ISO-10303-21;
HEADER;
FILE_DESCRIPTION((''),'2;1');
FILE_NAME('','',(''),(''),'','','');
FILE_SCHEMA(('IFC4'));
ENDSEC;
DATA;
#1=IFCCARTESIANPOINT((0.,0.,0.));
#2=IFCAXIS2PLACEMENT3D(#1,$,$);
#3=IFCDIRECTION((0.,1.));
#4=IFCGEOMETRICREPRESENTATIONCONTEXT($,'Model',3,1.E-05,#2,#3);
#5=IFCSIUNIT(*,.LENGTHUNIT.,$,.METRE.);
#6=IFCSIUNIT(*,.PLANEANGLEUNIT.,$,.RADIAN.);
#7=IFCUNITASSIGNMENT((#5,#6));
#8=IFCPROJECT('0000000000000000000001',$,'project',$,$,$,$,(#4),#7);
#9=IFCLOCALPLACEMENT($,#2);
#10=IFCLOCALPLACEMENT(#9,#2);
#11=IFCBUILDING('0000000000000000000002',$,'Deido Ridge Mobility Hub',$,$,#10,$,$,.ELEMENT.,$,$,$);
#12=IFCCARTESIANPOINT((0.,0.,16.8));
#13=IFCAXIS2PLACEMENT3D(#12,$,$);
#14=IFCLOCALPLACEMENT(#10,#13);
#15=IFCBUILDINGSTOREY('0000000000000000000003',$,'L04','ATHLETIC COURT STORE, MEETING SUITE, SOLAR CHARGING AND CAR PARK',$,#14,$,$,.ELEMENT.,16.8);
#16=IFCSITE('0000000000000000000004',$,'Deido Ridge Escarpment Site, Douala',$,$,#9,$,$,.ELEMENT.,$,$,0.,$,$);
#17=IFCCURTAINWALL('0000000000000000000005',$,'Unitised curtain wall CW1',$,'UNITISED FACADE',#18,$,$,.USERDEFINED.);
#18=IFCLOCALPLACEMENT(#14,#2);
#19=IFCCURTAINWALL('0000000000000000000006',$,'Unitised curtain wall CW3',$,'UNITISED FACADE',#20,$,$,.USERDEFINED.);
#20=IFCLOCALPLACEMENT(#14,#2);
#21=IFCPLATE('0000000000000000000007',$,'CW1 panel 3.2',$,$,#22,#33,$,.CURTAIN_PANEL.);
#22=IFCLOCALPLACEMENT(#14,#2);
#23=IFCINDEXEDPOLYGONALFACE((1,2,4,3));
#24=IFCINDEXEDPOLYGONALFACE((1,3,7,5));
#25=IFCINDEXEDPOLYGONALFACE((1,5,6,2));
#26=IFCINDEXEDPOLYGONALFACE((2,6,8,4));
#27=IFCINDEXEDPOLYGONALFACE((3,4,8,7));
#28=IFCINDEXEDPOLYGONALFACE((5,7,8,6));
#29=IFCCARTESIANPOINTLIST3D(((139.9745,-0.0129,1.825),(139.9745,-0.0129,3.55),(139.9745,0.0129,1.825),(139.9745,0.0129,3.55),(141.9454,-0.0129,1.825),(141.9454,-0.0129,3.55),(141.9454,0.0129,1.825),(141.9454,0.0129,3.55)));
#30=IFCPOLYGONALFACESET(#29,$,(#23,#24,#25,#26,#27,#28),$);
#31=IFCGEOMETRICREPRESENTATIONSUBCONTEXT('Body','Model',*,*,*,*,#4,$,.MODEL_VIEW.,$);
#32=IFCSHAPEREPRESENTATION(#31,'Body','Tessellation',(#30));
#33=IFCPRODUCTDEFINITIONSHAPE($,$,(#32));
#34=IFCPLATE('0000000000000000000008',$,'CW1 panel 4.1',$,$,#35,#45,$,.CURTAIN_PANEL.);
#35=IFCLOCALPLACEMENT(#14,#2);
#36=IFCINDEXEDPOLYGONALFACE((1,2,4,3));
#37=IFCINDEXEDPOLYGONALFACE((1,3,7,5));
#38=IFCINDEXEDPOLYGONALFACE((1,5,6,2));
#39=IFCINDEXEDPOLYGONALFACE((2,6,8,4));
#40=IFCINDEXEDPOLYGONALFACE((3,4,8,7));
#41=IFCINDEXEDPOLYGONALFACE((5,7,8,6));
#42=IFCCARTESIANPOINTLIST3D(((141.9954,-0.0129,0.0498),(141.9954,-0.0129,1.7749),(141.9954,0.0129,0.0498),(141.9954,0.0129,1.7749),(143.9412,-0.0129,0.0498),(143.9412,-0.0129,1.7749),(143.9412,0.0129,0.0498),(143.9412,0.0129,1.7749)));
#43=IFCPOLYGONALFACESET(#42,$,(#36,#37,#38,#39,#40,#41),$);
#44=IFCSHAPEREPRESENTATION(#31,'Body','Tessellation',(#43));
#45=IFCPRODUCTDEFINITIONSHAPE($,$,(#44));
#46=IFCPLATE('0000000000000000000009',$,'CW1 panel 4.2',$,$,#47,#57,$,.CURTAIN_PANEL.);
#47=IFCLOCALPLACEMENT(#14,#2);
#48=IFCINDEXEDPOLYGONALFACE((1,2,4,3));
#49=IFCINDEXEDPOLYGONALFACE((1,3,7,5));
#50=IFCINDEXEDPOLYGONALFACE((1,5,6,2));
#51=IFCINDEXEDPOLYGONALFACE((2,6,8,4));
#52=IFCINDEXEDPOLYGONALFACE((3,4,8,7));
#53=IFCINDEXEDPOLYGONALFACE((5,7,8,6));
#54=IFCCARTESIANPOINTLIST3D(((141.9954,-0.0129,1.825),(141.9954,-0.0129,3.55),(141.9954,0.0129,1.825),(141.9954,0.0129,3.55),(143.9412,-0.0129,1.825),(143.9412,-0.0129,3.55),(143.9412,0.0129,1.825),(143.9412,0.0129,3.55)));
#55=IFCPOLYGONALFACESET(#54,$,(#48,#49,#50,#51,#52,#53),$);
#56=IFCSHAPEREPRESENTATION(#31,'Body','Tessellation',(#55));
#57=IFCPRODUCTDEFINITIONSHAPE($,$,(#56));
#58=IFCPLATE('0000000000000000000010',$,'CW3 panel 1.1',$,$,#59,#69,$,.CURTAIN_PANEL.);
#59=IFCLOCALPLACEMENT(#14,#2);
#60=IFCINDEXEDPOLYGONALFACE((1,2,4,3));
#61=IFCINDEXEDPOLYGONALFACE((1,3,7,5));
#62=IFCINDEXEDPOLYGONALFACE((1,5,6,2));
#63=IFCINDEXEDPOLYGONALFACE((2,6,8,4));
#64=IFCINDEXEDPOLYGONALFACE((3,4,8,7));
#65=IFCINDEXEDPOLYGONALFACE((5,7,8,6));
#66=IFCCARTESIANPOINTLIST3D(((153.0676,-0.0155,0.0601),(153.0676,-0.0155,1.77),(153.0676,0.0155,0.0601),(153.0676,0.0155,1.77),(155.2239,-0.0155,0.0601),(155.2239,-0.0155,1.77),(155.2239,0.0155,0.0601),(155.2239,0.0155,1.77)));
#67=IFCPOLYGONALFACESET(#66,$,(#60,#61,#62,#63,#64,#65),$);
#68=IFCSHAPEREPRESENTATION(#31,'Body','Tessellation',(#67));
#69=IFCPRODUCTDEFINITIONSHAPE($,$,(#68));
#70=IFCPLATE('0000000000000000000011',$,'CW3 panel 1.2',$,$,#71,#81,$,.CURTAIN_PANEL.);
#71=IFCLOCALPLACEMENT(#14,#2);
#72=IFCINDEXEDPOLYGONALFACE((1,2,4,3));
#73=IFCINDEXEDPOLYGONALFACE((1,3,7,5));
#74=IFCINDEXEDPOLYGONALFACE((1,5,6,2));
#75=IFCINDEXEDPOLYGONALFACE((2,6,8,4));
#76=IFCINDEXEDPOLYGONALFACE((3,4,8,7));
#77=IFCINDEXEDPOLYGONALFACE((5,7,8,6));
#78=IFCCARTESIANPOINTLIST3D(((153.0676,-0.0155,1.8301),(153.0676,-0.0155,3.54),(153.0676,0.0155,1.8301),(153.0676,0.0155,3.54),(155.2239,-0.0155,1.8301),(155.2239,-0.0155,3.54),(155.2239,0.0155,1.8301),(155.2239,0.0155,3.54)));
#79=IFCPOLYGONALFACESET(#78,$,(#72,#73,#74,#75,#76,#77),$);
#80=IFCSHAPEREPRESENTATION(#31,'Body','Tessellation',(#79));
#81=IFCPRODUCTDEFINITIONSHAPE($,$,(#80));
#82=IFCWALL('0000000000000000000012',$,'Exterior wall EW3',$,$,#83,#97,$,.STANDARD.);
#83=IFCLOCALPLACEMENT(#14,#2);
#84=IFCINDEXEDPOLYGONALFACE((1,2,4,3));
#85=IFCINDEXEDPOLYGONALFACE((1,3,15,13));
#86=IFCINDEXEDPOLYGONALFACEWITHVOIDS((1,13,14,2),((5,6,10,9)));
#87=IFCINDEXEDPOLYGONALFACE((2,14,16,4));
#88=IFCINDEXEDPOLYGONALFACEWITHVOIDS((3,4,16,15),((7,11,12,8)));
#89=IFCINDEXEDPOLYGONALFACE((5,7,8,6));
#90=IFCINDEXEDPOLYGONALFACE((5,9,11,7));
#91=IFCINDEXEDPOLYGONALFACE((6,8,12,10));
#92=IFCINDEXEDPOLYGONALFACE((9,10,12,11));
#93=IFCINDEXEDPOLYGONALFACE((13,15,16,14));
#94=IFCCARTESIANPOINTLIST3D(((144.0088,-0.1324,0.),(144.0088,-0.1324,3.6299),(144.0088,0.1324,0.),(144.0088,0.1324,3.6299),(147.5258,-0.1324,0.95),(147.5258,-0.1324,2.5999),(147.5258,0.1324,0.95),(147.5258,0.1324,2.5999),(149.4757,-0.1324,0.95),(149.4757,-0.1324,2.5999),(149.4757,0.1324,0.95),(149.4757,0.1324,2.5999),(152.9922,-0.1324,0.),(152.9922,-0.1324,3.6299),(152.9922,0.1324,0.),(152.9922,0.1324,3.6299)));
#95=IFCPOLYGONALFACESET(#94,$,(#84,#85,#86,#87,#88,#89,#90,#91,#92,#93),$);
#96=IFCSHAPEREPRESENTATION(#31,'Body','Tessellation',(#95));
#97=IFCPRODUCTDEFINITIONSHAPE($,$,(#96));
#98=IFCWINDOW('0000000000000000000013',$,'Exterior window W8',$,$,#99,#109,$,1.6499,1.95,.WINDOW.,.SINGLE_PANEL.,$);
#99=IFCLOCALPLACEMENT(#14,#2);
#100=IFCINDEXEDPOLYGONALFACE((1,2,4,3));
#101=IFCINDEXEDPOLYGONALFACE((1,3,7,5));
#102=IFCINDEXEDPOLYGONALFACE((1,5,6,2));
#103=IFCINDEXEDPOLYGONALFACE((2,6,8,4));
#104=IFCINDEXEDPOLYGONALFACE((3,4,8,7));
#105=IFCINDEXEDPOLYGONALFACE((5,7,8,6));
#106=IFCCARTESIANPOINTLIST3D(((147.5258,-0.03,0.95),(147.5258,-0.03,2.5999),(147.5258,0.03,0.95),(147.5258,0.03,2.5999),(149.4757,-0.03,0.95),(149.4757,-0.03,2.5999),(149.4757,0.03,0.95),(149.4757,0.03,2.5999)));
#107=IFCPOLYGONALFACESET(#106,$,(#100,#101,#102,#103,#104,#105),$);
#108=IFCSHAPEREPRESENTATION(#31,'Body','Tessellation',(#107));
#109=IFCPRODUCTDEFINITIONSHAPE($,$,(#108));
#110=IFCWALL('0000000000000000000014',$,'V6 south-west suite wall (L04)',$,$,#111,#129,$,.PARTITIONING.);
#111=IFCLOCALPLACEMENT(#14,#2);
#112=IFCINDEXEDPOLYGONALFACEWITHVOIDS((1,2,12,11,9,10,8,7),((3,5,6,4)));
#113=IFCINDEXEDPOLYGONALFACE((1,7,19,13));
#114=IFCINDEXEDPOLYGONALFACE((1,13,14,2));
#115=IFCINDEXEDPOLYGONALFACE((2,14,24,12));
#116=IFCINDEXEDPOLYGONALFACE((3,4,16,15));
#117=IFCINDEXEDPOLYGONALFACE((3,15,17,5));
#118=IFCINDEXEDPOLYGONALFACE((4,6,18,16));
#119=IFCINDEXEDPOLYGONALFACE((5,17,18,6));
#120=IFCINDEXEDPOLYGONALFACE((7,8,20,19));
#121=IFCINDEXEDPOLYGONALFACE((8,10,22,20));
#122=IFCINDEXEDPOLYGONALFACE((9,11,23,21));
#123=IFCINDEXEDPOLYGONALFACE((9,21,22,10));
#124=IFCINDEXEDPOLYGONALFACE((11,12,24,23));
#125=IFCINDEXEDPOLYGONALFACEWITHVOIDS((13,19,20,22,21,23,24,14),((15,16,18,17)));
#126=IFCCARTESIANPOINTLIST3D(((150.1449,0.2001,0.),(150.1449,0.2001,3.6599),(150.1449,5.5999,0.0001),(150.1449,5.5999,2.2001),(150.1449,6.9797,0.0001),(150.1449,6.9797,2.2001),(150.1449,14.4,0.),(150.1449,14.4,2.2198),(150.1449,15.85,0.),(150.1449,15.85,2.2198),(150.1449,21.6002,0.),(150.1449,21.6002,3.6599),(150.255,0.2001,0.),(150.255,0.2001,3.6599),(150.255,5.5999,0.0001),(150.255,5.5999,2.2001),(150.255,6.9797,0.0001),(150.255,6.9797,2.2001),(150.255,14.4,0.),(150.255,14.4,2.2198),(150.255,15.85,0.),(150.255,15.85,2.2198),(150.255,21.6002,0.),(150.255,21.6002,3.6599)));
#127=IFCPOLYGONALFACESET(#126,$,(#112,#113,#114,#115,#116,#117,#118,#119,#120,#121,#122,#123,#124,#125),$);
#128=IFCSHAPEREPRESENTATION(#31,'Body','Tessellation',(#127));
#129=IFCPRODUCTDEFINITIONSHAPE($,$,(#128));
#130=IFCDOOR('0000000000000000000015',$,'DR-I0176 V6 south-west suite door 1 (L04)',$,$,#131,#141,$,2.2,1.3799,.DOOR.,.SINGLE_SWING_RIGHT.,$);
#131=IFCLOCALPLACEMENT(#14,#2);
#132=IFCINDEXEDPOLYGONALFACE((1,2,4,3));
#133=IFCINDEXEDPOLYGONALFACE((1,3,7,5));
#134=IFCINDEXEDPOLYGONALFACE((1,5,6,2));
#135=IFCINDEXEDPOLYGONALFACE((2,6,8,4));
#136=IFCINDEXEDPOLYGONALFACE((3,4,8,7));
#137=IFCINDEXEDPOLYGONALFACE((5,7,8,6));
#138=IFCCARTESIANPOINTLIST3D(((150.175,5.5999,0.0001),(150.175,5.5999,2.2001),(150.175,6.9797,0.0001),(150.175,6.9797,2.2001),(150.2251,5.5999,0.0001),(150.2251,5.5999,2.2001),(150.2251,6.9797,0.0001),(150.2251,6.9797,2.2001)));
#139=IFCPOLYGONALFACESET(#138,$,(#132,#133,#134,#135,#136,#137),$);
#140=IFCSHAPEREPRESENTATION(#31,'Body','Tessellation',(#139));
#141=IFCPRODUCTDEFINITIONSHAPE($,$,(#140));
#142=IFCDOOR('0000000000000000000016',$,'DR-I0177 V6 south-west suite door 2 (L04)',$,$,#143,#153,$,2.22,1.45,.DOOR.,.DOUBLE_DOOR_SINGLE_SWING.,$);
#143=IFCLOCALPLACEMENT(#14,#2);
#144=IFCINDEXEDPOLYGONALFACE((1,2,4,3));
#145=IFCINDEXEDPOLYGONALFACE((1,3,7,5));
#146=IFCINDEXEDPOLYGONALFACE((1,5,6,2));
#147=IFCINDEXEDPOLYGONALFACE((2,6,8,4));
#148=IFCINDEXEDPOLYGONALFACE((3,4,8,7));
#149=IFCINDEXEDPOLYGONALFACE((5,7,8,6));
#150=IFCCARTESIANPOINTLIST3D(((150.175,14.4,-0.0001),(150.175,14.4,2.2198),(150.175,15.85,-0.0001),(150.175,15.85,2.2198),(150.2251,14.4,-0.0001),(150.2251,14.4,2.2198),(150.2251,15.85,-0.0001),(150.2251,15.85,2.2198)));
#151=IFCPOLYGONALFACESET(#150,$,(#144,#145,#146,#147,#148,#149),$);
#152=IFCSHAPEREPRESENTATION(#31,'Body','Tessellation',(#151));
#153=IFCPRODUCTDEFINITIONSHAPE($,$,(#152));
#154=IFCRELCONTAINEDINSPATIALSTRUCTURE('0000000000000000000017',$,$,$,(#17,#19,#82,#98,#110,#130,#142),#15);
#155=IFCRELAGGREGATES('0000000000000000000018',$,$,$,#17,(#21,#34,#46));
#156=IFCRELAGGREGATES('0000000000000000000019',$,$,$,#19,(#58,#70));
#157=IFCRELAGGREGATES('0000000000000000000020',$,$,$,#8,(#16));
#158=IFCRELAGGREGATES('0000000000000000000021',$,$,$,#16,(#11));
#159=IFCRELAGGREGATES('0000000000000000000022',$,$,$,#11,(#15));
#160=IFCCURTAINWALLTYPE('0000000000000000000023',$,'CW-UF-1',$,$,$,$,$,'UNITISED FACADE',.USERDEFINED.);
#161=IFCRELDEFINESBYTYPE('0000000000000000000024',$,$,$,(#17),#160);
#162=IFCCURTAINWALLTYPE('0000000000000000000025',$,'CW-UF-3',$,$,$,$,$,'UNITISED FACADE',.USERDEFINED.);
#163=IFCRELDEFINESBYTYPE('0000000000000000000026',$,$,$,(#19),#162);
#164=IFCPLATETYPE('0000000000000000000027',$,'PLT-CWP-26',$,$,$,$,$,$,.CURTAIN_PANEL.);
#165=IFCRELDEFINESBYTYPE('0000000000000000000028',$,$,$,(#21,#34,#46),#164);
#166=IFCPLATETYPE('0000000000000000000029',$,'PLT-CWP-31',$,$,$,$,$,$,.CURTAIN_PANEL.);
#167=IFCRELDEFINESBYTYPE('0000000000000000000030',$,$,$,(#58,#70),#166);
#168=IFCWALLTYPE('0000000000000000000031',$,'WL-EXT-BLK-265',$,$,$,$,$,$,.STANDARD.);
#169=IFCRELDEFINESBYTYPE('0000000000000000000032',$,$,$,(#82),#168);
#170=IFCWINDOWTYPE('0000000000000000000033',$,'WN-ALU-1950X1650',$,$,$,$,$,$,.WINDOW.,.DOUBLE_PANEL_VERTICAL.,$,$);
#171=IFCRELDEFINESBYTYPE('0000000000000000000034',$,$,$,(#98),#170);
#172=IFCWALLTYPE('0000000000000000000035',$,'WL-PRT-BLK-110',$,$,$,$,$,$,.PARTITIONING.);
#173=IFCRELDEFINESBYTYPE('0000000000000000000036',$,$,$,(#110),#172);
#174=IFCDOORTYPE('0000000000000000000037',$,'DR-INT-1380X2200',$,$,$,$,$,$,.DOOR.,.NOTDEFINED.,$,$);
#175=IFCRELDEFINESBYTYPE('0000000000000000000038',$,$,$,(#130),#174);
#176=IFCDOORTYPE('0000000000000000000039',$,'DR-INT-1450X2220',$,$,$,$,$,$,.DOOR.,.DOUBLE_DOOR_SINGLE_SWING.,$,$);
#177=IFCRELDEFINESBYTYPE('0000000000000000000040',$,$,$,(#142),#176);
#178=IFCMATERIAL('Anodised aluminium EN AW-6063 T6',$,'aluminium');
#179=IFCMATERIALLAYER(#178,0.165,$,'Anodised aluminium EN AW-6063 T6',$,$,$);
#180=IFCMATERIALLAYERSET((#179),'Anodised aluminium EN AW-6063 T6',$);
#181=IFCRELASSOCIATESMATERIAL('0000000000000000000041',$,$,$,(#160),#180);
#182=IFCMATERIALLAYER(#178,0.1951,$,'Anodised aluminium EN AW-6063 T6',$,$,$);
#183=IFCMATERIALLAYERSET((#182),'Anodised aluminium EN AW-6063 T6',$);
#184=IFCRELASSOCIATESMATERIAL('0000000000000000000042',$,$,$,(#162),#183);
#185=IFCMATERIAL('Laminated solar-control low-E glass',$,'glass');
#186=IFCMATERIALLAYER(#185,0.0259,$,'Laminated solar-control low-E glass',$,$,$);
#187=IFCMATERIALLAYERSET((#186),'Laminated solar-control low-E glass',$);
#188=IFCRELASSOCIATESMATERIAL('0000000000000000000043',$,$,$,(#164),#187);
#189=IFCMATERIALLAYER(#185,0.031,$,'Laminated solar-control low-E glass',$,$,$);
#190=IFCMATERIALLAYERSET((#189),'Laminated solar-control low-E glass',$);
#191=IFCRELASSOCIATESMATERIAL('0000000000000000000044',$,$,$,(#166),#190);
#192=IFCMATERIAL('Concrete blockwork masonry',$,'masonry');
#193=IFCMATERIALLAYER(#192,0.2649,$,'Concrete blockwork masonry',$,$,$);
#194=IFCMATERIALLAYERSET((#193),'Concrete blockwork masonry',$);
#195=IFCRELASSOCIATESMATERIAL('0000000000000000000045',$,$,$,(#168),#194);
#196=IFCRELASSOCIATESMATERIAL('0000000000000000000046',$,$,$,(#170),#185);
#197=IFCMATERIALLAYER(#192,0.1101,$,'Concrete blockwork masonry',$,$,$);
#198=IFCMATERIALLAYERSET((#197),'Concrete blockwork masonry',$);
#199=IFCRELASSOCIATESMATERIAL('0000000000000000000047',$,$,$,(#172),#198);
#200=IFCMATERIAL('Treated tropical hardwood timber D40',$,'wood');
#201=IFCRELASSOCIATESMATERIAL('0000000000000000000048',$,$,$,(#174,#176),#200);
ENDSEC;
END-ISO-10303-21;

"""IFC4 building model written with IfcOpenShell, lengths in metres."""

from ifc_helpers import new_model, si_unit, direction, frame, frame_2d, origin, origin_2d, place, context, subcontext, project, spatial, rectangle, extrude, material, layer, layer_set, type_object, element, fill, aggregate, save


model = new_model("IFC4")

# Units and contexts
model_context = context("Model", 3, precision=1e-05, world=origin(), true_north=direction((0.0, 1.0)))
body_context = subcontext(model_context, "Body", "Model", "MODEL_VIEW")
ifc_project = project(units=[si_unit("LENGTHUNIT", "METRE"), si_unit("PLANEANGLEUNIT", "RADIAN")], contexts=[model_context])

# Site, building, storey
site_placement = place(None, origin())
site = spatial("IfcSite", under=ifc_project, at=site_placement, Name="Deido Ridge Escarpment Site, Douala", CompositionType="ELEMENT", RefElevation=0.0)
building_placement = place(site_placement, origin())
building = spatial("IfcBuilding", under=site, at=building_placement, Name="Deido Ridge Mobility Hub", CompositionType="ELEMENT")
storey_placement = place(building_placement, frame((0.0, 0.0, 16.8)))
storey = spatial("IfcBuildingStorey", under=building, at=storey_placement, Name="L04", Description="ATHLETIC COURT STORE, MEETING SUITE, SOLAR CHARGING AND CAR PARK", CompositionType="ELEMENT", Elevation=16.8)

# Curtain wall
ifc_material_1 = material(Name="Anodised aluminium EN AW-6063 T6", Category="aluminium")
ifc_layer_1 = layer(ifc_material_1, 0.165, Name="Anodised aluminium EN AW-6063 T6")
ifc_layer_set_1 = layer_set([ifc_layer_1], Name="Anodised aluminium EN AW-6063 T6")
curtain_wall_type_1 = type_object("IfcCurtainWallType", Name="CW-UF-1", ElementType="UNITISED FACADE", PredefinedType="USERDEFINED", material=ifc_layer_set_1)
curtain_wall_1_placement = place(storey_placement, origin())
curtain_wall_1 = element("IfcCurtainWall", 1, at=curtain_wall_1_placement, inside=storey, type_object=curtain_wall_type_1, Name="Unitised curtain wall CW1", ObjectType="UNITISED FACADE", PredefinedType="USERDEFINED")

# Curtain wall
ifc_layer_2 = layer(ifc_material_1, 0.1951, Name="Anodised aluminium EN AW-6063 T6")
ifc_layer_set_2 = layer_set([ifc_layer_2], Name="Anodised aluminium EN AW-6063 T6")
curtain_wall_type_2 = type_object("IfcCurtainWallType", Name="CW-UF-3", ElementType="UNITISED FACADE", PredefinedType="USERDEFINED", material=ifc_layer_set_2)
curtain_wall_2_placement = place(storey_placement, origin())
curtain_wall_2 = element("IfcCurtainWall", 2, at=curtain_wall_2_placement, inside=storey, type_object=curtain_wall_type_2, Name="Unitised curtain wall CW3", ObjectType="UNITISED FACADE", PredefinedType="USERDEFINED")

# Plates
ifc_material_2 = material(Name="Laminated solar-control low-E glass", Category="glass")
ifc_layer_3 = layer(ifc_material_2, 0.0259, Name="Laminated solar-control low-E glass")
ifc_layer_set_3 = layer_set([ifc_layer_3], Name="Laminated solar-control low-E glass")
plate_type_1 = type_object("IfcPlateType", Name="PLT-CWP-26", PredefinedType="CURTAIN_PANEL", material=ifc_layer_set_3)
plate_1_placement = place(storey_placement, frame((140.96, 0.0, 1.825), z_axis=(0.0, 0.0, 1.0), x_axis=(1.0, 0.0, 0.0)))
plate_1 = element("IfcPlate", 3, at=plate_1_placement, type_object=plate_type_1, Name="CW1 panel 3.2", PredefinedType="CURTAIN_PANEL", context=body_context, shape_type="SweptSolid", body=[
    extrude(rectangle(XDim=1.9709, YDim=0.0259, at=origin_2d()), origin(), (0.0, 0.0, 1.0), 1.7251),
])
plate_2_placement = place(storey_placement, frame((142.9683, 0.0, 0.0498), z_axis=(0.0, 0.0, 1.0), x_axis=(1.0, 0.0, 0.0)))
plate_2 = element("IfcPlate", 4, at=plate_2_placement, type_object=plate_type_1, Name="CW1 panel 4.1", PredefinedType="CURTAIN_PANEL", context=body_context, shape_type="SweptSolid", body=[
    extrude(rectangle(XDim=1.9458, YDim=0.0259, at=origin_2d()), origin(), (0.0, 0.0, 1.0), 1.7251),
])
plate_3_placement = place(storey_placement, frame((142.9683, 0.0, 1.825), z_axis=(0.0, 0.0, 1.0), x_axis=(1.0, 0.0, 0.0)))
plate_3 = element("IfcPlate", 5, at=plate_3_placement, type_object=plate_type_1, Name="CW1 panel 4.2", PredefinedType="CURTAIN_PANEL", context=body_context, shape_type="SweptSolid", body=[
    extrude(rectangle(XDim=1.9458, YDim=0.0259, at=origin_2d()), origin(), (0.0, 0.0, 1.0), 1.7251),
])
aggregate(curtain_wall_1, [plate_1, plate_2, plate_3])
ifc_layer_4 = layer(ifc_material_2, 0.031, Name="Laminated solar-control low-E glass")
ifc_layer_set_4 = layer_set([ifc_layer_4], Name="Laminated solar-control low-E glass")
plate_type_2 = type_object("IfcPlateType", Name="PLT-CWP-31", PredefinedType="CURTAIN_PANEL", material=ifc_layer_set_4)
plate_4_placement = place(storey_placement, frame((154.1458, 0.0, 0.0601), z_axis=(0.0, 0.0, 1.0), x_axis=(1.0, 0.0, 0.0)))
plate_4 = element("IfcPlate", 6, at=plate_4_placement, type_object=plate_type_2, Name="CW3 panel 1.1", PredefinedType="CURTAIN_PANEL", context=body_context, shape_type="SweptSolid", body=[
    extrude(rectangle(XDim=2.1562, YDim=0.031, at=origin_2d()), origin(), (0.0, 0.0, 1.0), 1.71),
])
plate_5_placement = place(storey_placement, frame((154.1458, 0.0, 1.8301), z_axis=(0.0, 0.0, 1.0), x_axis=(1.0, 0.0, 0.0)))
plate_5 = element("IfcPlate", 7, at=plate_5_placement, type_object=plate_type_2, Name="CW3 panel 1.2", PredefinedType="CURTAIN_PANEL", context=body_context, shape_type="SweptSolid", body=[
    extrude(rectangle(XDim=2.1562, YDim=0.031, at=origin_2d()), origin(), (0.0, 0.0, 1.0), 1.71),
])
aggregate(curtain_wall_2, [plate_4, plate_5])

# Wall, opening, window
ifc_material_3 = material(Name="Concrete blockwork masonry", Category="masonry")
ifc_layer_5 = layer(ifc_material_3, 0.2649, Name="Concrete blockwork masonry")
ifc_layer_set_5 = layer_set([ifc_layer_5], Name="Concrete blockwork masonry")
wall_type_1 = type_object("IfcWallType", Name="WL-EXT-BLK-265", PredefinedType="STANDARD", material=ifc_layer_set_5)
wall_1_placement = place(storey_placement, frame((144.0088, 0.0, 0.0), z_axis=(0.0, 0.0, 1.0), x_axis=(1.0, 0.0, 0.0)))
wall_1 = element("IfcWall", 8, at=wall_1_placement, inside=storey, type_object=wall_type_1, Name="Exterior wall EW3", PredefinedType="STANDARD", context=body_context, shape_type="SweptSolid", body=[
    extrude(rectangle(XDim=8.9834, YDim=0.2649, at=frame_2d((4.4917, 0.0))), origin(), (0.0, 0.0, 1.0), 3.6299),
])
opening_1_placement = place(wall_1_placement, frame((3.5168, 0.0, 0.95)))
opening_1 = element("IfcOpeningElement", 9, at=opening_1_placement, cuts=wall_1, PredefinedType="OPENING", context=body_context, shape_type="SweptSolid", body=[
    extrude(rectangle(XDim=1.95, YDim=1.6499, at=frame_2d((0.9751, 0.825))), frame((0.0, 0.1426, 0.0), z_axis=(0.0, -1.0, 0.0), x_axis=(1.0, 0.0, 0.0)), (0.0, 0.0, 1.0), 0.2849),
])
window_type = type_object("IfcWindowType", Name="WN-ALU-1950X1650", PartitioningType="DOUBLE_PANEL_VERTICAL", PredefinedType="WINDOW", material=ifc_material_2)
window_placement = place(opening_1_placement, origin())
window = element("IfcWindow", 10, at=window_placement, inside=storey, type_object=window_type, Name="Exterior window W8", OverallHeight=1.6499, OverallWidth=1.95, PartitioningType="SINGLE_PANEL", PredefinedType="WINDOW", context=body_context, shape_type="SweptSolid", body=[
    extrude(rectangle(XDim=1.95, YDim=1.6499, at=frame_2d((0.9751, 0.825))), frame((0.0, 0.03, 0.0), z_axis=(0.0, -1.0, 0.0), x_axis=(1.0, 0.0, 0.0)), (0.0, 0.0, 1.0), 0.0601),
])
fill(opening_1, window)

# Wall, openings, doors
ifc_layer_6 = layer(ifc_material_3, 0.1101, Name="Concrete blockwork masonry")
ifc_layer_set_6 = layer_set([ifc_layer_6], Name="Concrete blockwork masonry")
wall_type_2 = type_object("IfcWallType", Name="WL-PRT-BLK-110", PredefinedType="PARTITIONING", material=ifc_layer_set_6)
wall_2_placement = place(storey_placement, frame((150.2, 0.2, 0.0), z_axis=(0.0, 0.0, 1.0), x_axis=(0.0, 1.0, 0.0)))
wall_2 = element("IfcWall", 11, at=wall_2_placement, inside=storey, type_object=wall_type_2, Name="V6 south-west suite wall (L04)", PredefinedType="PARTITIONING", context=body_context, shape_type="SweptSolid", body=[
    extrude(rectangle(XDim=21.4001, YDim=0.1101, at=frame_2d((10.7002, 0.0))), origin(), (0.0, 0.0, 1.0), 3.6599),
])
opening_2_placement = place(wall_2_placement, frame((5.3999, 0.0, 0.0)))
opening_2 = element("IfcOpeningElement", 12, at=opening_2_placement, cuts=wall_2, PredefinedType="OPENING", context=body_context, shape_type="SweptSolid", body=[
    extrude(rectangle(XDim=1.3799, YDim=2.2, at=frame_2d((0.6899, 1.1001))), frame((0.0, 0.0649, 0.0), z_axis=(0.0, -1.0, 0.0), x_axis=(1.0, 0.0, 0.0)), (0.0, 0.0, 1.0), 0.1301),
])
opening_3_placement = place(wall_2_placement, frame((14.2, 0.0, 0.0)))
opening_3 = element("IfcOpeningElement", 13, at=opening_3_placement, cuts=wall_2, PredefinedType="OPENING", context=body_context, shape_type="SweptSolid", body=[
    extrude(rectangle(XDim=1.45, YDim=2.22, at=frame_2d((0.7251, 1.1099))), frame((0.0, 0.0649, 0.0), z_axis=(0.0, -1.0, 0.0), x_axis=(1.0, 0.0, 0.0)), (0.0, 0.0, 1.0), 0.1301),
])
ifc_material_4 = material(Name="Treated tropical hardwood timber D40", Category="wood")
door_type_1 = type_object("IfcDoorType", Name="DR-INT-1380X2200", OperationType="NOTDEFINED", PredefinedType="DOOR", material=ifc_material_4)
door_1_placement = place(opening_2_placement, origin())
door_1 = element("IfcDoor", 14, at=door_1_placement, inside=storey, type_object=door_type_1, Name="DR-I0176 V6 south-west suite door 1 (L04)", OperationType="SINGLE_SWING_RIGHT", OverallHeight=2.2, OverallWidth=1.3799, PredefinedType="DOOR", context=body_context, shape_type="SweptSolid", body=[
    extrude(rectangle(XDim=1.3799, YDim=2.2, at=frame_2d((0.6899, 1.1001))), frame((0.0, 0.0249, 0.0), z_axis=(0.0, -1.0, 0.0), x_axis=(1.0, 0.0, 0.0)), (0.0, 0.0, 1.0), 0.05),
])
fill(opening_2, door_1)
door_type_2 = type_object("IfcDoorType", Name="DR-INT-1450X2220", OperationType="DOUBLE_DOOR_SINGLE_SWING", PredefinedType="DOOR", material=ifc_material_4)
door_2_placement = place(opening_3_placement, origin())
door_2 = element("IfcDoor", 15, at=door_2_placement, inside=storey, type_object=door_type_2, Name="DR-I0177 V6 south-west suite door 2 (L04)", OperationType="DOUBLE_DOOR_SINGLE_SWING", OverallHeight=2.22, OverallWidth=1.45, PredefinedType="DOOR", context=body_context, shape_type="SweptSolid", body=[
    extrude(rectangle(XDim=1.45, YDim=2.22, at=frame_2d((0.7251, 1.1099))), frame((0.0, 0.0249, 0.0), z_axis=(0.0, -1.0, 0.0), x_axis=(1.0, 0.0, 0.0)), (0.0, 0.0, 1.0), 0.05),
])
fill(opening_3, door_2)

save(model, "model.ifc")
